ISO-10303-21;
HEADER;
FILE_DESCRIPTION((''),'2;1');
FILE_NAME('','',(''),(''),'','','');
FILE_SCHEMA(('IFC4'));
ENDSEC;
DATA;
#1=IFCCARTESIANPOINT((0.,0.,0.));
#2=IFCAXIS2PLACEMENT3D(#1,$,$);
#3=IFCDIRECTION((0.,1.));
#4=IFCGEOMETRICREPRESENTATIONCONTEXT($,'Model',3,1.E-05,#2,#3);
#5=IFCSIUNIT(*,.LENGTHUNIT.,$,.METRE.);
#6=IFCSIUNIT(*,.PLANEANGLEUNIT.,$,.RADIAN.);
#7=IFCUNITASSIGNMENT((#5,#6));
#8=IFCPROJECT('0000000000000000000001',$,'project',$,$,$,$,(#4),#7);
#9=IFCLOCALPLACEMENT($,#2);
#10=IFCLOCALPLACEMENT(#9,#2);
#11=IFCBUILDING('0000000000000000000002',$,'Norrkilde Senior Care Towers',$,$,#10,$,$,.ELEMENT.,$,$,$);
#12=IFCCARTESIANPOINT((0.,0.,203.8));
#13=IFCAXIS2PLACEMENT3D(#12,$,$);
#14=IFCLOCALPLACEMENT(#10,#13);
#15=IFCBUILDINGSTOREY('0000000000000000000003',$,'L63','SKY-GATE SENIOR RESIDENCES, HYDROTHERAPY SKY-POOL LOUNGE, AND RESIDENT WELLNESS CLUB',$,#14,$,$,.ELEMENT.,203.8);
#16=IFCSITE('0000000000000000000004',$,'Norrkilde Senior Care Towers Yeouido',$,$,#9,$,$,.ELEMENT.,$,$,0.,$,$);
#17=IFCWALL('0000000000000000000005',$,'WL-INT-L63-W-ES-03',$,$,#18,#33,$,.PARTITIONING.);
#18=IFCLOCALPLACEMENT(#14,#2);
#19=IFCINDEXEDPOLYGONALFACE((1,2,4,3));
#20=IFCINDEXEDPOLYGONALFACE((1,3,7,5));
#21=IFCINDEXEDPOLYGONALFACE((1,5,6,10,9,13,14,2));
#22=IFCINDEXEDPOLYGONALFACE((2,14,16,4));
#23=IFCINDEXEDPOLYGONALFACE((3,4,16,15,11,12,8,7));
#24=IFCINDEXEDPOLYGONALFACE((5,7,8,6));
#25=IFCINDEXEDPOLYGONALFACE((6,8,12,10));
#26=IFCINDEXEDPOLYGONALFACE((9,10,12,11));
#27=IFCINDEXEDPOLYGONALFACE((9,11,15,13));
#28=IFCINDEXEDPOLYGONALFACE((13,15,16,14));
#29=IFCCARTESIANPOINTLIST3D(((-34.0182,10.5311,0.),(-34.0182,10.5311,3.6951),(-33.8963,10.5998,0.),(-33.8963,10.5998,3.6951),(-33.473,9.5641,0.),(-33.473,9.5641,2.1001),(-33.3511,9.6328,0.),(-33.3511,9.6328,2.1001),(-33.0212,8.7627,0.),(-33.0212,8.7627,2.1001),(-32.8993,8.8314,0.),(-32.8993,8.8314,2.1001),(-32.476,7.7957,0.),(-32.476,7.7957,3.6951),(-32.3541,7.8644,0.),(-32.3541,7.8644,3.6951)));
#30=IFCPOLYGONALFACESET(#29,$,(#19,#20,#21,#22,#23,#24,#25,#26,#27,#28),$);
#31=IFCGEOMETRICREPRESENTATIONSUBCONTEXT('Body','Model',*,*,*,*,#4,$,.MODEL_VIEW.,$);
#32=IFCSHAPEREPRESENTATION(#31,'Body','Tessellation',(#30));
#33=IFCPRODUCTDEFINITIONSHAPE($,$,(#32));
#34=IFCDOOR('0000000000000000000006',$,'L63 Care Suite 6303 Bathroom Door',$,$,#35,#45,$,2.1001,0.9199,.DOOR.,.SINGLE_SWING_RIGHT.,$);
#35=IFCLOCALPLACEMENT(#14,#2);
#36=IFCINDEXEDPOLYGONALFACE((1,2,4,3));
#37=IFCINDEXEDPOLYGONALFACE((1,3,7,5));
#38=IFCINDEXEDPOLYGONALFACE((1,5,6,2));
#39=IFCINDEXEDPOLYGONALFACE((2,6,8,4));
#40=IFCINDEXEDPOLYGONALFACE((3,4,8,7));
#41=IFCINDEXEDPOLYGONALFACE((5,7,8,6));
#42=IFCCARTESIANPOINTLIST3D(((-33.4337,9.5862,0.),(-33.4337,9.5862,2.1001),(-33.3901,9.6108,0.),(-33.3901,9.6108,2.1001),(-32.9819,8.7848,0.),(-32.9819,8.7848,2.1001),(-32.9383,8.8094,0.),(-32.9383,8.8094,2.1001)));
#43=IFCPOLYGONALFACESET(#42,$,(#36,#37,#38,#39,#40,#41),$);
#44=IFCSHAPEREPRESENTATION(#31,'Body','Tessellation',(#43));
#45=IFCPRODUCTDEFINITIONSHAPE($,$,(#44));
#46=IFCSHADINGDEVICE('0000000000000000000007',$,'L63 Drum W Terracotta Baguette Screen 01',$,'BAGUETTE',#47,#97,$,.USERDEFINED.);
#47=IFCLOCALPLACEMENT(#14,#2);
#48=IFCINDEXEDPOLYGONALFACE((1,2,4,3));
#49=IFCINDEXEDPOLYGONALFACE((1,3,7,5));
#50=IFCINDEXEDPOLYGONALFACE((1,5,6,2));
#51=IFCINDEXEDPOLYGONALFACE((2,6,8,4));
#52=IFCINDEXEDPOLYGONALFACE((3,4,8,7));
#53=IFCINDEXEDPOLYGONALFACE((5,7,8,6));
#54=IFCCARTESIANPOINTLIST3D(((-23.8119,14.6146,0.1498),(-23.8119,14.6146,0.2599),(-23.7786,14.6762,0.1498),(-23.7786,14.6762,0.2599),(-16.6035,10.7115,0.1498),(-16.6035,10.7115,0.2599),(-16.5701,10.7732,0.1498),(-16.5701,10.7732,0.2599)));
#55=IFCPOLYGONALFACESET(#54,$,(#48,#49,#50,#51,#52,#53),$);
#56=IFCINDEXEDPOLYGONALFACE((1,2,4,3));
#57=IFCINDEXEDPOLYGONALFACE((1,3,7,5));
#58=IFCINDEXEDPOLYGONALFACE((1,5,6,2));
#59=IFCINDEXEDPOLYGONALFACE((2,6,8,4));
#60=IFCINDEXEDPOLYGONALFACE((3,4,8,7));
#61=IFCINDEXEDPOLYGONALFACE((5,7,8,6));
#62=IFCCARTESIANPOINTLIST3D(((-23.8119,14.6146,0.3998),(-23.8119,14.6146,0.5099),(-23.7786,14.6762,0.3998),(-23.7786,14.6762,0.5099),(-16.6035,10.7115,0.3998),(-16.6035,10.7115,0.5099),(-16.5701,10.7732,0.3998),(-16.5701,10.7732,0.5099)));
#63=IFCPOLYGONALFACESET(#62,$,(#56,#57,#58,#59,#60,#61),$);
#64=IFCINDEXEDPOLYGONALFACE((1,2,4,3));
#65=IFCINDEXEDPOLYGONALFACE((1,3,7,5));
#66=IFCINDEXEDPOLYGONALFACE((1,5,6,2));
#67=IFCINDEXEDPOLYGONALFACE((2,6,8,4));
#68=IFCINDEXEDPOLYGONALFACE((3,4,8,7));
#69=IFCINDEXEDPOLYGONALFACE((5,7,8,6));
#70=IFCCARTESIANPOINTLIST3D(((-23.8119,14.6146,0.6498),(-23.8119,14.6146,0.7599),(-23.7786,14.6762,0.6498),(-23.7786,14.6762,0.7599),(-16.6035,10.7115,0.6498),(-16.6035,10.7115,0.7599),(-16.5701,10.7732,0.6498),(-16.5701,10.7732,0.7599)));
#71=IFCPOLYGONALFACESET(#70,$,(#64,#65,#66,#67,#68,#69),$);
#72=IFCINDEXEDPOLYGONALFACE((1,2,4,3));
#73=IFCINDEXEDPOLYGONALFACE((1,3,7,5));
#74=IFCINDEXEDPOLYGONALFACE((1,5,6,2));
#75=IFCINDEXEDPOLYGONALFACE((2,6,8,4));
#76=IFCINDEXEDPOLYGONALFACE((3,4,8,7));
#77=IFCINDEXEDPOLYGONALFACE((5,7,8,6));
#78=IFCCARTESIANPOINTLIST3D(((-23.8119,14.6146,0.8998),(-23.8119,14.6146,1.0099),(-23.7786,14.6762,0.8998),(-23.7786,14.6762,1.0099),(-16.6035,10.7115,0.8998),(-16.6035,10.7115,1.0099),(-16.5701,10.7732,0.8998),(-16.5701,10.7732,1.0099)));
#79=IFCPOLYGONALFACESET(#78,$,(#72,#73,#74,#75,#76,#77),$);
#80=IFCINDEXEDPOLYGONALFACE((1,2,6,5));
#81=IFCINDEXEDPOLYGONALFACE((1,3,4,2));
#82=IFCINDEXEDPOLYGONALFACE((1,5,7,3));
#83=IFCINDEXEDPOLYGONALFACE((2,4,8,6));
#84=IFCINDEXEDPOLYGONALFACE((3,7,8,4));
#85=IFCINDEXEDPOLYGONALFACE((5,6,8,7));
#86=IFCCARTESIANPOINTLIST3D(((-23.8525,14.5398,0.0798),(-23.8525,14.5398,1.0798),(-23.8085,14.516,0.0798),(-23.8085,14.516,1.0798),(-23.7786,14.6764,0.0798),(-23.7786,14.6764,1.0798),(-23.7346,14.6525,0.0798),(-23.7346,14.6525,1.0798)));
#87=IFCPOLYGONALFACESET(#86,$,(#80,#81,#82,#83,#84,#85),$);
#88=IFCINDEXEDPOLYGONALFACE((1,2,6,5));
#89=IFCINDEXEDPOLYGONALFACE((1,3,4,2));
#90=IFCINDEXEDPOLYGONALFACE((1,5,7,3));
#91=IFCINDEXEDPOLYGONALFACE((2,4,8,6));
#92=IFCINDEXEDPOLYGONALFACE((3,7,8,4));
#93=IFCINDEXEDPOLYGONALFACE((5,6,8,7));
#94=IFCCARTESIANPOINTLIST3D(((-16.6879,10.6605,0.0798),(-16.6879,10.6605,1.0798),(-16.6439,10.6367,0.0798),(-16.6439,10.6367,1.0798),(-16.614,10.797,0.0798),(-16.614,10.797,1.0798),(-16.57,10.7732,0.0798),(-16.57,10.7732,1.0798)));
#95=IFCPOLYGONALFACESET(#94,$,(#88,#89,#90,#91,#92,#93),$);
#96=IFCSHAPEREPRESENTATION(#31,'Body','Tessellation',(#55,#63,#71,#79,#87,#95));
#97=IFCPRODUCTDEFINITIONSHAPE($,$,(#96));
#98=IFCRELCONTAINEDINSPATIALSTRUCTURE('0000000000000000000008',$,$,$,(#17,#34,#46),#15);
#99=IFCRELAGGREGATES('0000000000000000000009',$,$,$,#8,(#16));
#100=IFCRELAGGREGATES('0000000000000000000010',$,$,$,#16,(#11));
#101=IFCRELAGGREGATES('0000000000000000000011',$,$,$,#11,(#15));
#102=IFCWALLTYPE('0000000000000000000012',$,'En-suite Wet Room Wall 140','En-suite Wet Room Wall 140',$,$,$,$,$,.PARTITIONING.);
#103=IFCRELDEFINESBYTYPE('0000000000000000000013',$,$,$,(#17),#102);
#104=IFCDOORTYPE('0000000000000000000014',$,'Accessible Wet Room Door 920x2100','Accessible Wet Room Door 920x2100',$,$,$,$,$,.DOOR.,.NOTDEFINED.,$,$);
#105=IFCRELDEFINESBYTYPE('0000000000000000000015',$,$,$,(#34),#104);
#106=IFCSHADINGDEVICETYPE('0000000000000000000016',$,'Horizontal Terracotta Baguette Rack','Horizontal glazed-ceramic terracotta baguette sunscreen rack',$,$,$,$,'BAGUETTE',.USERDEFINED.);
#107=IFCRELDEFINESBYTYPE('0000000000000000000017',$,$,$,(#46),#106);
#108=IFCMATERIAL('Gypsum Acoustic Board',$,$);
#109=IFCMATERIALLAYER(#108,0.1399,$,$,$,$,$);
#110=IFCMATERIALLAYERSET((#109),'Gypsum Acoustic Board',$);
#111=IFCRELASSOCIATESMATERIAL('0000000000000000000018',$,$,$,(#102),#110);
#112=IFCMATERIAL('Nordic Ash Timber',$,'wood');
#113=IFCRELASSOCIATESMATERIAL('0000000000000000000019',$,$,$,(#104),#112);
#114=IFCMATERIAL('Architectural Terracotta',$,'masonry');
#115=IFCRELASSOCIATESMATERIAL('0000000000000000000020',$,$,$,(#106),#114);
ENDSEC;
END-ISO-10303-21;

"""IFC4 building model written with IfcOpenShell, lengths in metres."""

from ifc_helpers import new_model, si_unit, direction, frame, frame_2d, origin, origin_2d, place, context, subcontext, project, spatial, rectangle, extrude, source, transform, mapped, material, layer, layer_set, type_object, type_shapes, element, fill, save


model = new_model("IFC4")

# Units and contexts
model_context = context("Model", 3, precision=1e-05, world=origin(), true_north=direction((0.0, 1.0)))
body_context = subcontext(model_context, "Body", "Model", "MODEL_VIEW")
ifc_project = project(units=[si_unit("LENGTHUNIT", "METRE"), si_unit("PLANEANGLEUNIT", "RADIAN")], contexts=[model_context])

# Site, building, storey
site_placement = place(None, origin())
site = spatial("IfcSite", under=ifc_project, at=site_placement, Name="Norrkilde Senior Care Towers Yeouido", CompositionType="ELEMENT", RefElevation=0.0)
building_placement = place(site_placement, origin())
building = spatial("IfcBuilding", under=site, at=building_placement, Name="Norrkilde Senior Care Towers", CompositionType="ELEMENT")
storey_placement = place(building_placement, frame((0.0, 0.0, 203.8)))
storey = spatial("IfcBuildingStorey", under=building, at=storey_placement, Name="L63", Description="SKY-GATE SENIOR RESIDENCES, HYDROTHERAPY SKY-POOL LOUNGE, AND RESIDENT WELLNESS CLUB", CompositionType="ELEMENT", Elevation=203.8)

# Shared definitions
ifc_material_1 = material(Name="Gypsum Acoustic Board")
ifc_material_2 = material(Name="Nordic Ash Timber", Category="wood")

# Wall, opening, door
ifc_layer_1 = layer(ifc_material_1, 0.1399)
ifc_layer_set_1 = layer_set([ifc_layer_1], Name="Gypsum Acoustic Board")
wall_type_1 = type_object("IfcWallType", Name="En-suite Wet Room Wall 140", Description="En-suite Wet Room Wall 140", PredefinedType="PARTITIONING", material=ifc_layer_set_1)
shared_shape_1 = source(origin(), body_context, "Body", "SweptSolid", [
    extrude(rectangle(XDim=3.1401, YDim=0.1399, at=frame_2d((1.5701, 0.0))), origin(), (0.0, 0.0, 1.0), 3.6951),
])
type_shapes(wall_type_1, [shared_shape_1])
wall_1_placement = place(storey_placement, frame((-32.415, 7.8301, 0.0), z_axis=(0.0, 0.0, 1.0), x_axis=(-0.491132, 0.871085, 0.0)))
wall_1 = element("IfcWall", 1, at=wall_1_placement, inside=storey, type_object=wall_type_1, Name="WL-INT-L63-W-ES-03", PredefinedType="PARTITIONING", context=body_context, shape_type="MappedRepresentation", body=[
    mapped(shared_shape_1, transform((0.0, 0.0, 0.0), x_axis=(1.0, 0.0, 0.0), y_axis=(0.0, 1.0, 0.0), z_axis=(0.0, 0.0, 1.0), scale=1.0)),
])
opening_1_placement = place(wall_1_placement, frame((1.1101, 0.0, 0.0)))
opening_1 = element("IfcOpeningElement", 2, at=opening_1_placement, cuts=wall_1, PredefinedType="OPENING", context=body_context, shape_type="SweptSolid", body=[
    extrude(rectangle(XDim=0.9199, YDim=2.1001, at=frame_2d((0.46, 1.05))), frame((0.0, 0.0798, 0.0), z_axis=(0.0, -1.0, 0.0), x_axis=(1.0, 0.0, 0.0)), (0.0, 0.0, 1.0), 0.1599),
])
door_type_1 = type_object("IfcDoorType", Name="Accessible Wet Room Door 920x2100", Description="Accessible Wet Room Door 920x2100", OperationType="NOTDEFINED", PredefinedType="DOOR", material=ifc_material_2)
shared_shape_2 = source(origin(), body_context, "Body", "SweptSolid", [
    extrude(rectangle(XDim=0.9199, YDim=2.1001, at=frame_2d((0.46, 1.05))), frame((0.0, 0.0249, 0.0), z_axis=(0.0, -1.0, 0.0), x_axis=(1.0, 0.0, 0.0)), (0.0, 0.0, 1.0), 0.05),
])
type_shapes(door_type_1, [shared_shape_2])
door_1_placement = place(opening_1_placement, origin())
door_1 = element("IfcDoor", 3, at=door_1_placement, inside=storey, type_object=door_type_1, Name="L63 Care Suite 6303 Bathroom Door", OperationType="SINGLE_SWING_RIGHT", OverallHeight=2.1001, OverallWidth=0.9199, PredefinedType="DOOR", context=body_context, shape_type="MappedRepresentation", body=[
    mapped(shared_shape_2, transform((0.0, 0.0, 0.0), x_axis=(1.0, 0.0, 0.0), y_axis=(0.0, 1.0, 0.0), z_axis=(0.0, 0.0, 1.0), scale=1.0)),
])
fill(opening_1, door_1)

# Shading device
ifc_material_3 = material(Name="Architectural Terracotta", Category="masonry")
shading_device_type = type_object("IfcShadingDeviceType", Name="Horizontal Terracotta Baguette Rack", Description="Horizontal glazed-ceramic terracotta baguette sunscreen rack", ElementType="BAGUETTE", PredefinedType="USERDEFINED", material=ifc_material_3)
shared_shape_3 = source(origin(), body_context, "Body", "SweptSolid", [
    extrude(rectangle(XDim=0.0701, YDim=0.1101, at=origin_2d()), frame((0.0, 0.0901, 0.125), z_axis=(1.0, 0.0, 0.0), x_axis=(0.0, 1.0, 0.0)), (0.0, 0.0, 1.0), 8.1973),
    extrude(rectangle(XDim=0.0701, YDim=0.1101, at=origin_2d()), frame((0.0, 0.0901, 0.375), z_axis=(1.0, 0.0, 0.0), x_axis=(0.0, 1.0, 0.0)), (0.0, 0.0, 1.0), 8.1973),
    extrude(rectangle(XDim=0.0701, YDim=0.1101, at=origin_2d()), frame((0.0, 0.0901, 0.625), z_axis=(1.0, 0.0, 0.0), x_axis=(0.0, 1.0, 0.0)), (0.0, 0.0, 1.0), 8.1973),
    extrude(rectangle(XDim=0.0701, YDim=0.1101, at=origin_2d()), frame((0.0, 0.0901, 0.875), z_axis=(1.0, 0.0, 0.0), x_axis=(0.0, 1.0, 0.0)), (0.0, 0.0, 1.0), 8.1973),
    extrude(rectangle(XDim=0.05, YDim=0.1553, at=origin_2d()), frame((0.0249, 0.0476, 0.0)), (0.0, 0.0, 1.0), 1.0),
    extrude(rectangle(XDim=0.05, YDim=0.1553, at=origin_2d()), frame((8.1724, 0.0476, 0.0)), (0.0, 0.0, 1.0), 1.0),
])
type_shapes(shading_device_type, [shared_shape_3])
shading_device_placement = place(storey_placement, frame((-23.8381, 14.5662, 0.0798), z_axis=(0.0, 0.0, 1.0), x_axis=(0.879378, -0.476144, 0.0)))
element("IfcShadingDevice", 4, at=shading_device_placement, inside=storey, type_object=shading_device_type, Name="L63 Drum W Terracotta Baguette Screen 01", ObjectType="BAGUETTE", PredefinedType="USERDEFINED", context=body_context, shape_type="MappedRepresentation", body=[
    mapped(shared_shape_3, transform((0.0, 0.0, 0.0), x_axis=(1.0, 0.0, 0.0), y_axis=(0.0, 1.0, 0.0), z_axis=(0.0, 0.0, 1.0), scale=1.0)),
])

save(model, "model.ifc")
